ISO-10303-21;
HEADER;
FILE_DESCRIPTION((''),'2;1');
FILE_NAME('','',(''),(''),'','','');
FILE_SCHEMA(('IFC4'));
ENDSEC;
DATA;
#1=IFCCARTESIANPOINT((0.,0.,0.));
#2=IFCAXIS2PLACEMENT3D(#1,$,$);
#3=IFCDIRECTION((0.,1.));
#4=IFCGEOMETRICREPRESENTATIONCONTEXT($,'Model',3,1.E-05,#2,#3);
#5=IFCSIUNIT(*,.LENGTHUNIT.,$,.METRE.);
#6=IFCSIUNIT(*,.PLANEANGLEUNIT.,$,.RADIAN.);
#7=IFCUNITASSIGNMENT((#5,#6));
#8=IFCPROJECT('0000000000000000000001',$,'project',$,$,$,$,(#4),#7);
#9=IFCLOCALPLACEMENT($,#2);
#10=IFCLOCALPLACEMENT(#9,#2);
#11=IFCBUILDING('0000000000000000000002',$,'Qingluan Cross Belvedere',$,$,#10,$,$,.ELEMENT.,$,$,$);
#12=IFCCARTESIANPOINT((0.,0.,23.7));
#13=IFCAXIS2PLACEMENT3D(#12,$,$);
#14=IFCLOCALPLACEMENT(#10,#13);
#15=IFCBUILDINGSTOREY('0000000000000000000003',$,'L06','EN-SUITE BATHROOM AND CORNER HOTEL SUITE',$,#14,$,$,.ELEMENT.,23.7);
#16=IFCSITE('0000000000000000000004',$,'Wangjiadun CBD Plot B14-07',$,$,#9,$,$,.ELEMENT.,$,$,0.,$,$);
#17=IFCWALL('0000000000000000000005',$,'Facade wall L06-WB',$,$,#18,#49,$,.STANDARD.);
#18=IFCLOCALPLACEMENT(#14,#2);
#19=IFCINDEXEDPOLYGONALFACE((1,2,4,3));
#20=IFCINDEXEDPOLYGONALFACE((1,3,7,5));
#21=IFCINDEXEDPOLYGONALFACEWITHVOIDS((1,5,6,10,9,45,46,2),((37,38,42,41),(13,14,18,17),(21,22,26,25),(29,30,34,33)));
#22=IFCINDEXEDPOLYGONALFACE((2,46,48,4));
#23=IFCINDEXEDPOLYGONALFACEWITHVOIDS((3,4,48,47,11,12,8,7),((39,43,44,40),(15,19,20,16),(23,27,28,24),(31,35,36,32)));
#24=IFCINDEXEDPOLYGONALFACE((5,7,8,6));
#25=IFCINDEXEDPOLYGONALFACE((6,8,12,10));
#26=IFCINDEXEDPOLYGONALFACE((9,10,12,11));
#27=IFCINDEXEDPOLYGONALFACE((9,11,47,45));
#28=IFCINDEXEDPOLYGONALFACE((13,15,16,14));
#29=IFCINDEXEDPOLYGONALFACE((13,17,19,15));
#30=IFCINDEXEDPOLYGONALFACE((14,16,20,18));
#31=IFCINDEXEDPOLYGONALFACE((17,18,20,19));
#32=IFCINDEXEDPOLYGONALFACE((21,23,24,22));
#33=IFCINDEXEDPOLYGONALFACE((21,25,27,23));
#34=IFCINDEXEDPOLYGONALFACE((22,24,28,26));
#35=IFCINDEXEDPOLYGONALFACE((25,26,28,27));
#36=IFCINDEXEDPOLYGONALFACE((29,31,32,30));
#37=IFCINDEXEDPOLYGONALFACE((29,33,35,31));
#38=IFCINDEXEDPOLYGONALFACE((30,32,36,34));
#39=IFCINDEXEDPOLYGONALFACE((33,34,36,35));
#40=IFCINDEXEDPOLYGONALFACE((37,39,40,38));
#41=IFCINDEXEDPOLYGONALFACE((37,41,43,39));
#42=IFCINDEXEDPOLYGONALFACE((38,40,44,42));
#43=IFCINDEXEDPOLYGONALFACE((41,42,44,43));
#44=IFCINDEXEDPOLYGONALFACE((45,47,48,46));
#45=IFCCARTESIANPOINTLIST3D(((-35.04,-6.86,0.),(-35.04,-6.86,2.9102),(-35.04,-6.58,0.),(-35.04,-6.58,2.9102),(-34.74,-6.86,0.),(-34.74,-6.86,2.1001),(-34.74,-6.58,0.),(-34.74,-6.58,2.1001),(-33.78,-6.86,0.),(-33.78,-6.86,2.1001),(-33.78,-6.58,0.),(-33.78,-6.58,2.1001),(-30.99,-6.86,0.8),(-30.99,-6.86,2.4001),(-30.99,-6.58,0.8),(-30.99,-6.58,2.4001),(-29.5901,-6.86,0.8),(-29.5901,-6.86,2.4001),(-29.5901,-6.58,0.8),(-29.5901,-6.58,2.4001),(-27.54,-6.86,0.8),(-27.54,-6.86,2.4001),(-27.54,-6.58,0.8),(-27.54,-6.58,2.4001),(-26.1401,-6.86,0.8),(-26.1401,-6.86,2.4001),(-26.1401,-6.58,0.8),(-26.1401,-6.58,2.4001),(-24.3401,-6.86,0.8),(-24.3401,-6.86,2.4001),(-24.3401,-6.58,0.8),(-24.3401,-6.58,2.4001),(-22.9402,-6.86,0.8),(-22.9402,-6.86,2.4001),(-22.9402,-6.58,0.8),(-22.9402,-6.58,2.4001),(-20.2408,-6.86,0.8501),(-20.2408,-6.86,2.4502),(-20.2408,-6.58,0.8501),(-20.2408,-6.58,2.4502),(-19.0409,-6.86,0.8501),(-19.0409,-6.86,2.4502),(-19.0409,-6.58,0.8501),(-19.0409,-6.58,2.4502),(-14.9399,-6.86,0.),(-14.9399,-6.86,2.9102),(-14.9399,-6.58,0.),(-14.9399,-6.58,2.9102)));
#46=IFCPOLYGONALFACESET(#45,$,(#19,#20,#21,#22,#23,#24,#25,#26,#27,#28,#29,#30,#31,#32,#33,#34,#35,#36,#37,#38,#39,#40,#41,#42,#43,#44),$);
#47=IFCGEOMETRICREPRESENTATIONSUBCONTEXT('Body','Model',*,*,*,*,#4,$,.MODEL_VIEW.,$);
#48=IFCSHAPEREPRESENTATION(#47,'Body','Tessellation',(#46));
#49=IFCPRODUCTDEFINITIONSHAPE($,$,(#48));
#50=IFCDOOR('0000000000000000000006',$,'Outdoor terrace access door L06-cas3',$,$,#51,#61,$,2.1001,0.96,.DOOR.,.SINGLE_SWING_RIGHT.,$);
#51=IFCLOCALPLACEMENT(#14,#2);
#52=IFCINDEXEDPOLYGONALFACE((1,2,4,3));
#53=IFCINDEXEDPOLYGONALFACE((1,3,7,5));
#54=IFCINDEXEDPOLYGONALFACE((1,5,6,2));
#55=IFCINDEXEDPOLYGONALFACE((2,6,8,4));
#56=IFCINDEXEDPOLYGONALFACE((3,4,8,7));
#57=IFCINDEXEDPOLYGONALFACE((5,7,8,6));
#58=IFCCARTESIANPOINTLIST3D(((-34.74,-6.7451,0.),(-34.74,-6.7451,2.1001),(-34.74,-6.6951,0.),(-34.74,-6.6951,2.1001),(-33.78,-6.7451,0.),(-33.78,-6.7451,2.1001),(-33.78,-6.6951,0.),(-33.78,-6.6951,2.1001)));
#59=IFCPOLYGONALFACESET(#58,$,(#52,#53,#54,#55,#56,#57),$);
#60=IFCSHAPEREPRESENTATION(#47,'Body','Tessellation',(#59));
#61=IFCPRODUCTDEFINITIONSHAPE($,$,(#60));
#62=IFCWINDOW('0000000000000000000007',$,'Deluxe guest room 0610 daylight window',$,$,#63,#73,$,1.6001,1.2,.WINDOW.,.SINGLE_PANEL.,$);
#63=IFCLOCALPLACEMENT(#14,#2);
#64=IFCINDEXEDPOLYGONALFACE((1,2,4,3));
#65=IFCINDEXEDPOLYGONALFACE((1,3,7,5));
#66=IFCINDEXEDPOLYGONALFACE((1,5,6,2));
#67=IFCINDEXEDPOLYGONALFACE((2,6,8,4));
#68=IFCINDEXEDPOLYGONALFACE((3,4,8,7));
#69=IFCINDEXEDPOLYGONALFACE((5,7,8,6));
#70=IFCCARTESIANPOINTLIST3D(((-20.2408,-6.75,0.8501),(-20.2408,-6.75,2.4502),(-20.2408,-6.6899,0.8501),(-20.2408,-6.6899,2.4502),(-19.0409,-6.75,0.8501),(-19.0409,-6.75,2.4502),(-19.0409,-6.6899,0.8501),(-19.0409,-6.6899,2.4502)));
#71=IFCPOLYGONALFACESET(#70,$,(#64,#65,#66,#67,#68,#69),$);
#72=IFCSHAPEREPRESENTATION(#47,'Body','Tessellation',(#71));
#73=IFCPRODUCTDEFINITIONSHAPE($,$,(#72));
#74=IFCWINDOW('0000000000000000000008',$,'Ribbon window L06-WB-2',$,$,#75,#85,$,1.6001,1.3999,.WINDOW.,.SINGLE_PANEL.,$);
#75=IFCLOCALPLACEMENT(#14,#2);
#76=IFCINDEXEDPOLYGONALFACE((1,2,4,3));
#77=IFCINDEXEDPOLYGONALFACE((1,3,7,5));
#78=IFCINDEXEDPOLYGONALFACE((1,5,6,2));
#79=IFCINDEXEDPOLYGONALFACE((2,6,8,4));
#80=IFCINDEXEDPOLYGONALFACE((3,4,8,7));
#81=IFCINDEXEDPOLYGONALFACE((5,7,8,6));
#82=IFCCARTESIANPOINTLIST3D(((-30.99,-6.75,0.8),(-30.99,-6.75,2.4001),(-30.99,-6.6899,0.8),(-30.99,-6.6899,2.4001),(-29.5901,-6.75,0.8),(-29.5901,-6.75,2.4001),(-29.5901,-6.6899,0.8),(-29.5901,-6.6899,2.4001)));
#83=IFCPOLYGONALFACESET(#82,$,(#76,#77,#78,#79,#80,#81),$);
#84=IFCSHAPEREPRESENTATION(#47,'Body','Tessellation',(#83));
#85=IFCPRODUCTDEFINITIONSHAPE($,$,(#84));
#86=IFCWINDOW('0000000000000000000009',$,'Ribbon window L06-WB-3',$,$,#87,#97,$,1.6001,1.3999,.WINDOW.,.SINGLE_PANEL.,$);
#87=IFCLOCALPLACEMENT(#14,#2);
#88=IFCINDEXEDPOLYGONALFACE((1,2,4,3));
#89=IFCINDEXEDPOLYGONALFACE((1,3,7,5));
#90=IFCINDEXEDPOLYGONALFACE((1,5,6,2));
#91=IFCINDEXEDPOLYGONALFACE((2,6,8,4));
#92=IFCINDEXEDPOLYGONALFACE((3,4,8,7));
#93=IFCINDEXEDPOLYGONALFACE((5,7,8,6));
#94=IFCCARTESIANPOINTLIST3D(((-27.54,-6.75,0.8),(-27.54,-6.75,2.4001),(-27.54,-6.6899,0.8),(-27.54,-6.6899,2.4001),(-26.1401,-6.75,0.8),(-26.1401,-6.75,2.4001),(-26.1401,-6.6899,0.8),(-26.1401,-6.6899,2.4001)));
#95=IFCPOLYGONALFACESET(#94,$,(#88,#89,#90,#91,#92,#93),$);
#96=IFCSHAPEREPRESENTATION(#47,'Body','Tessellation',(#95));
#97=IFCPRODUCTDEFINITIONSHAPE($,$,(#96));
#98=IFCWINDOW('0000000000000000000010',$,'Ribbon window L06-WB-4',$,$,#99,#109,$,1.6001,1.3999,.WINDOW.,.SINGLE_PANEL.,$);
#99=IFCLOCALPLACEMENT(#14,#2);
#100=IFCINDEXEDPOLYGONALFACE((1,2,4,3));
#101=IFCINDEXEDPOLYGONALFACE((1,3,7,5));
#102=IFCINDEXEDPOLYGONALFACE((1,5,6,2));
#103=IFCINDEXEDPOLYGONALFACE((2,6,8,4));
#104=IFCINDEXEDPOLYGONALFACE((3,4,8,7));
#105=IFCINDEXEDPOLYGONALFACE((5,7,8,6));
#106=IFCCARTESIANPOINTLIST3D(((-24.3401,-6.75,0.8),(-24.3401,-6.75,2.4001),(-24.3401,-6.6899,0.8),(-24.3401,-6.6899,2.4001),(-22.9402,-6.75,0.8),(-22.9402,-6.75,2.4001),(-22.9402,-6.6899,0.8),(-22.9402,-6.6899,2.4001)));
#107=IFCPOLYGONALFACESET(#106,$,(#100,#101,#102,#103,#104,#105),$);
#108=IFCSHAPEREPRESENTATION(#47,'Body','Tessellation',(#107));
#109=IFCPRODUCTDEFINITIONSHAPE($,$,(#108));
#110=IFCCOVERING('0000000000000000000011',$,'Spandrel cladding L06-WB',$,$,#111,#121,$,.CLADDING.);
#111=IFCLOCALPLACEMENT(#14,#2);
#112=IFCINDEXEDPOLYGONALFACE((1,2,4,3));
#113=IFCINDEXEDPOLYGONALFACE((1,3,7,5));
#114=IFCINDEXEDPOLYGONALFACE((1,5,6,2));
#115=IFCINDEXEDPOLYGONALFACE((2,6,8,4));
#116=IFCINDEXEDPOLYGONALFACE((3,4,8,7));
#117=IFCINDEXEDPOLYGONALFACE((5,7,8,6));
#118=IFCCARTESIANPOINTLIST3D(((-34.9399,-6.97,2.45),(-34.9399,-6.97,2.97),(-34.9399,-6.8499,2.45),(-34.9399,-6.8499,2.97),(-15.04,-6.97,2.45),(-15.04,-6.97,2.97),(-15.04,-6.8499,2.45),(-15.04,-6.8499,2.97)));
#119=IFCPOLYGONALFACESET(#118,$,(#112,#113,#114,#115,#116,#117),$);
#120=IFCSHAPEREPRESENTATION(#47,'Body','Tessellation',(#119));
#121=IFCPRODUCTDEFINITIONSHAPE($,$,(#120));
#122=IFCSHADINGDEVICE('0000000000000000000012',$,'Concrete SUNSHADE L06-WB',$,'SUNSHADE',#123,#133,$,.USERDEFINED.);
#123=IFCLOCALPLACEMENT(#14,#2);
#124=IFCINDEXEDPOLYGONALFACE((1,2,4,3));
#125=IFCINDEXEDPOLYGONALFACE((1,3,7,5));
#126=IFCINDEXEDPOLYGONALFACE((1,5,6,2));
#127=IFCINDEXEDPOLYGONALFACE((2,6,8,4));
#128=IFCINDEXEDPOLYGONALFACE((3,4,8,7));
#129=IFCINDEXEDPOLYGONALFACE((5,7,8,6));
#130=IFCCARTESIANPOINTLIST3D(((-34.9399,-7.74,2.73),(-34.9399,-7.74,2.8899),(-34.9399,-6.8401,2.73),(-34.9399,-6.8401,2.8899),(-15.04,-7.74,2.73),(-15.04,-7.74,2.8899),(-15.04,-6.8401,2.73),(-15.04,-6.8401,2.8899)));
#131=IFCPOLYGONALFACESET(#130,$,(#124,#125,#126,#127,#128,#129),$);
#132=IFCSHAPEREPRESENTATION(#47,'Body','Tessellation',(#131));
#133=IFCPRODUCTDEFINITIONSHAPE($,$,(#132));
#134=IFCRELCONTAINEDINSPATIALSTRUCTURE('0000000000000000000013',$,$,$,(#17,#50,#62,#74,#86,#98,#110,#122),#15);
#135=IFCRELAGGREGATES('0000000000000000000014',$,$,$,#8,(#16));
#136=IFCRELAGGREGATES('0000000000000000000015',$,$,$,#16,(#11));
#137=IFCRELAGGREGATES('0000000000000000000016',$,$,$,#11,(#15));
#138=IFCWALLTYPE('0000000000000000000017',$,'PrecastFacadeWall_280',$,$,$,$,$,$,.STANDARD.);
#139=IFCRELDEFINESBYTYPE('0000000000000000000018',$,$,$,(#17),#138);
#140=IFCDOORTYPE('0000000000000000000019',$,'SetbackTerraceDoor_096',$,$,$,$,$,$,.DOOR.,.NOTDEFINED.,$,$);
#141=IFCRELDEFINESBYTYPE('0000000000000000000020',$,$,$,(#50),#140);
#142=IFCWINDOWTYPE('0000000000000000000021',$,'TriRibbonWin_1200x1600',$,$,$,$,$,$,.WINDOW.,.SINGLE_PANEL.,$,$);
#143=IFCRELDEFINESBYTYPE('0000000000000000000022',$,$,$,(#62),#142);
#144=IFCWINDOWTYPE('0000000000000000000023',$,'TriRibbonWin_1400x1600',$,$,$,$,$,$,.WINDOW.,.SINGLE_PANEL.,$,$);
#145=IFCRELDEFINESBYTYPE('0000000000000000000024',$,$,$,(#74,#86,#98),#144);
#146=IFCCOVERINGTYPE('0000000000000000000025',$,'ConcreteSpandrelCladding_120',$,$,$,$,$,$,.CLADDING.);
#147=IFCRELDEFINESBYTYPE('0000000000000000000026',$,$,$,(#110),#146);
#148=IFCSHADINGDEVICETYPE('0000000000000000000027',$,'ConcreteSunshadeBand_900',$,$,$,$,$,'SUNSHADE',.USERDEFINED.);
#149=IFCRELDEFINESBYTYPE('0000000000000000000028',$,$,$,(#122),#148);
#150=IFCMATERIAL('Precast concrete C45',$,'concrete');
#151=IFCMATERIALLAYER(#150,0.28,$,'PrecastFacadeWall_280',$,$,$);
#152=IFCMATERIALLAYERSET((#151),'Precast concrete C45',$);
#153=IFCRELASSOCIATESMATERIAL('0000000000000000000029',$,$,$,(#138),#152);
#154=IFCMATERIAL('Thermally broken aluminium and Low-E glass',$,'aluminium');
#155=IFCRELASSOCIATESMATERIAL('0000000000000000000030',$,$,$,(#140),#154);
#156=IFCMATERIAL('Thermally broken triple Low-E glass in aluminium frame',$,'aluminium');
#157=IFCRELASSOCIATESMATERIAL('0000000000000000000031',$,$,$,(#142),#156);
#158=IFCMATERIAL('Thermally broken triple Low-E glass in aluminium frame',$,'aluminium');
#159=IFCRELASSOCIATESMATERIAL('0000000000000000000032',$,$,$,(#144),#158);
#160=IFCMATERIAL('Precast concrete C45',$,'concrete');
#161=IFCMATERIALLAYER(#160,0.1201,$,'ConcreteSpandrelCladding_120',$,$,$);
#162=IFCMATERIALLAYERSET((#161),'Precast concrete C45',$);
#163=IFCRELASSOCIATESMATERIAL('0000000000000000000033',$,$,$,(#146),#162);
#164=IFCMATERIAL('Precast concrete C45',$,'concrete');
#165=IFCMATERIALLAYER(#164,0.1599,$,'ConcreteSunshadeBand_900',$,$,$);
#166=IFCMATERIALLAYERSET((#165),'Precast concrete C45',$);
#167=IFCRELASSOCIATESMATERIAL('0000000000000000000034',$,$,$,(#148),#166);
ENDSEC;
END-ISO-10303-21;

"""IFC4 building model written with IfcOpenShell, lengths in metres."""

from ifc_helpers import new_model, si_unit, direction, frame, frame_2d, origin, origin_2d, place, context, subcontext, project, spatial, rectangle, extrude, material, layer, layer_set, type_object, element, fill, save


model = new_model("IFC4")

# Units and contexts
model_context = context("Model", 3, precision=1e-05, world=origin(), true_north=direction((0.0, 1.0)))
body_context = subcontext(model_context, "Body", "Model", "MODEL_VIEW")
ifc_project = project(units=[si_unit("LENGTHUNIT", "METRE"), si_unit("PLANEANGLEUNIT", "RADIAN")], contexts=[model_context])

# Site, building, storey
site_placement = place(None, origin())
site = spatial("IfcSite", under=ifc_project, at=site_placement, Name="Wangjiadun CBD Plot B14-07", CompositionType="ELEMENT", RefElevation=0.0)
building_placement = place(site_placement, origin())
building = spatial("IfcBuilding", under=site, at=building_placement, Name="Qingluan Cross Belvedere", CompositionType="ELEMENT")
storey_placement = place(building_placement, frame((0.0, 0.0, 23.7)))
storey = spatial("IfcBuildingStorey", under=building, at=storey_placement, Name="L06", Description="EN-SUITE BATHROOM AND CORNER HOTEL SUITE", CompositionType="ELEMENT", Elevation=23.7)

# Wall, openings, door, windows
ifc_material_1 = material(Name="Precast concrete C45", Category="concrete")
ifc_layer_1 = layer(ifc_material_1, 0.28, Name="PrecastFacadeWall_280")
ifc_layer_set_1 = layer_set([ifc_layer_1], Name="Precast concrete C45")
wall_type_1 = type_object("IfcWallType", Name="PrecastFacadeWall_280", PredefinedType="STANDARD", material=ifc_layer_set_1)
wall_1_placement = place(storey_placement, frame((-35.04, -6.72, 0.0), z_axis=(0.0, 0.0, 1.0), x_axis=(1.0, 0.0, 0.0)))
wall_1 = element("IfcWall", 1, at=wall_1_placement, inside=storey, type_object=wall_type_1, Name="Facade wall L06-WB", PredefinedType="STANDARD", context=body_context, shape_type="SweptSolid", body=[
    extrude(rectangle(XDim=20.1001, YDim=0.28, at=frame_2d((10.05, 0.0))), origin(), (0.0, 0.0, 1.0), 2.9102),
])
opening_1_placement = place(wall_1_placement, frame((4.05, 0.0, 0.8)))
opening_1 = element("IfcOpeningElement", 2, at=opening_1_placement, cuts=wall_1, PredefinedType="OPENING", context=body_context, shape_type="SweptSolid", body=[
    extrude(rectangle(XDim=1.3999, YDim=1.6001, at=frame_2d((0.7, 0.8))), frame((0.0, 0.1499, 0.0), z_axis=(0.0, -1.0, 0.0), x_axis=(1.0, 0.0, 0.0)), (0.0, 0.0, 1.0), 0.3),
])
opening_2_placement = place(wall_1_placement, frame((7.5, 0.0, 0.8)))
opening_2 = element("IfcOpeningElement", 3, at=opening_2_placement, cuts=wall_1, PredefinedType="OPENING", context=body_context, shape_type="SweptSolid", body=[
    extrude(rectangle(XDim=1.3999, YDim=1.6001, at=frame_2d((0.7, 0.8))), frame((0.0, 0.1499, 0.0), z_axis=(0.0, -1.0, 0.0), x_axis=(1.0, 0.0, 0.0)), (0.0, 0.0, 1.0), 0.3),
])
opening_3_placement = place(wall_1_placement, frame((10.7, 0.0, 0.8)))
opening_3 = element("IfcOpeningElement", 4, at=opening_3_placement, cuts=wall_1, PredefinedType="OPENING", context=body_context, shape_type="SweptSolid", body=[
    extrude(rectangle(XDim=1.3999, YDim=1.6001, at=frame_2d((0.7, 0.8))), frame((0.0, 0.1499, 0.0), z_axis=(0.0, -1.0, 0.0), x_axis=(1.0, 0.0, 0.0)), (0.0, 0.0, 1.0), 0.3),
])
opening_4_placement = place(wall_1_placement, frame((0.3, 0.0, 0.0)))
opening_4 = element("IfcOpeningElement", 5, at=opening_4_placement, cuts=wall_1, PredefinedType="OPENING", context=body_context, shape_type="SweptSolid", body=[
    extrude(rectangle(XDim=0.96, YDim=2.1001, at=frame_2d((0.48, 1.05))), frame((0.0, 0.1499, 0.0), z_axis=(0.0, -1.0, 0.0), x_axis=(1.0, 0.0, 0.0)), (0.0, 0.0, 1.0), 0.3),
])
opening_5_placement = place(wall_1_placement, frame((14.7991, 0.0, 0.8501)))
opening_5 = element("IfcOpeningElement", 6, at=opening_5_placement, cuts=wall_1, PredefinedType="OPENING", context=body_context, shape_type="SweptSolid", body=[
    extrude(rectangle(XDim=1.2, YDim=1.6001, at=frame_2d((0.6001, 0.8))), frame((0.0, 0.1499, 0.0), z_axis=(0.0, -1.0, 0.0), x_axis=(1.0, 0.0, 0.0)), (0.0, 0.0, 1.0), 0.3),
])
ifc_material_2 = material(Name="Thermally broken aluminium and Low-E glass", Category="aluminium")
door_type_1 = type_object("IfcDoorType", Name="SetbackTerraceDoor_096", OperationType="NOTDEFINED", PredefinedType="DOOR", material=ifc_material_2)
door_1_placement = place(opening_4_placement, origin())
door_1 = element("IfcDoor", 7, at=door_1_placement, inside=storey, type_object=door_type_1, Name="Outdoor terrace access door L06-cas3", OperationType="SINGLE_SWING_RIGHT", OverallHeight=2.1001, OverallWidth=0.96, PredefinedType="DOOR", context=body_context, shape_type="SweptSolid", body=[
    extrude(rectangle(XDim=0.96, YDim=2.1001, at=frame_2d((0.48, 1.05))), frame((0.0, 0.0249, 0.0), z_axis=(0.0, -1.0, 0.0), x_axis=(1.0, 0.0, 0.0)), (0.0, 0.0, 1.0), 0.05),
])
fill(opening_4, door_1)
ifc_material_3 = material(Name="Thermally broken triple Low-E glass in aluminium frame", Category="aluminium")
window_type_1 = type_object("IfcWindowType", Name="TriRibbonWin_1200x1600", PartitioningType="SINGLE_PANEL", PredefinedType="WINDOW", material=ifc_material_3)
window_1_placement = place(opening_5_placement, origin())
window_1 = element("IfcWindow", 8, at=window_1_placement, inside=storey, type_object=window_type_1, Name="Deluxe guest room 0610 daylight window", OverallHeight=1.6001, OverallWidth=1.2, PartitioningType="SINGLE_PANEL", PredefinedType="WINDOW", context=body_context, shape_type="SweptSolid", body=[
    extrude(rectangle(XDim=1.2, YDim=1.6001, at=frame_2d((0.6001, 0.8))), frame((0.0, 0.03, 0.0), z_axis=(0.0, -1.0, 0.0), x_axis=(1.0, 0.0, 0.0)), (0.0, 0.0, 1.0), 0.0601),
])
fill(opening_5, window_1)
ifc_material_4 = material(Name="Thermally broken triple Low-E glass in aluminium frame", Category="aluminium")
window_type_2 = type_object("IfcWindowType", Name="TriRibbonWin_1400x1600", PartitioningType="SINGLE_PANEL", PredefinedType="WINDOW", material=ifc_material_4)
window_2_placement = place(opening_1_placement, origin())
window_2 = element("IfcWindow", 9, at=window_2_placement, inside=storey, type_object=window_type_2, Name="Ribbon window L06-WB-2", OverallHeight=1.6001, OverallWidth=1.3999, PartitioningType="SINGLE_PANEL", PredefinedType="WINDOW", context=body_context, shape_type="SweptSolid", body=[
    extrude(rectangle(XDim=1.3999, YDim=1.6001, at=frame_2d((0.7, 0.8))), frame((0.0, 0.03, 0.0), z_axis=(0.0, -1.0, 0.0), x_axis=(1.0, 0.0, 0.0)), (0.0, 0.0, 1.0), 0.0601),
])
fill(opening_1, window_2)
window_3_placement = place(opening_2_placement, origin())
window_3 = element("IfcWindow", 10, at=window_3_placement, inside=storey, type_object=window_type_2, Name="Ribbon window L06-WB-3", OverallHeight=1.6001, OverallWidth=1.3999, PartitioningType="SINGLE_PANEL", PredefinedType="WINDOW", context=body_context, shape_type="SweptSolid", body=[
    extrude(rectangle(XDim=1.3999, YDim=1.6001, at=frame_2d((0.7, 0.8))), frame((0.0, 0.03, 0.0), z_axis=(0.0, -1.0, 0.0), x_axis=(1.0, 0.0, 0.0)), (0.0, 0.0, 1.0), 0.0601),
])
fill(opening_2, window_3)
window_4_placement = place(opening_3_placement, origin())
window_4 = element("IfcWindow", 11, at=window_4_placement, inside=storey, type_object=window_type_2, Name="Ribbon window L06-WB-4", OverallHeight=1.6001, OverallWidth=1.3999, PartitioningType="SINGLE_PANEL", PredefinedType="WINDOW", context=body_context, shape_type="SweptSolid", body=[
    extrude(rectangle(XDim=1.3999, YDim=1.6001, at=frame_2d((0.7, 0.8))), frame((0.0, 0.03, 0.0), z_axis=(0.0, -1.0, 0.0), x_axis=(1.0, 0.0, 0.0)), (0.0, 0.0, 1.0), 0.0601),
])
fill(opening_3, window_4)

# Covering
ifc_material_5 = material(Name="Precast concrete C45", Category="concrete")
ifc_layer_2 = layer(ifc_material_5, 0.1201, Name="ConcreteSpandrelCladding_120")
ifc_layer_set_2 = layer_set([ifc_layer_2], Name="Precast concrete C45")
covering_type = type_object("IfcCoveringType", Name="ConcreteSpandrelCladding_120", PredefinedType="CLADDING", material=ifc_layer_set_2)
covering_placement = place(storey_placement, frame((-24.99, -6.9099, 2.45), z_axis=(0.0, 0.0, 1.0), x_axis=(1.0, 0.0, 0.0)))
element("IfcCovering", 12, at=covering_placement, inside=storey, type_object=covering_type, Name="Spandrel cladding L06-WB", PredefinedType="CLADDING", context=body_context, shape_type="SweptSolid", body=[
    extrude(rectangle(XDim=19.8999, YDim=0.1201, at=origin_2d()), origin(), (0.0, 0.0, 1.0), 0.52),
])

# Shading device
ifc_material_6 = material(Name="Precast concrete C45", Category="concrete")
ifc_layer_3 = layer(ifc_material_6, 0.1599, Name="ConcreteSunshadeBand_900")
ifc_layer_set_3 = layer_set([ifc_layer_3], Name="Precast concrete C45")
shading_device_type = type_object("IfcShadingDeviceType", Name="ConcreteSunshadeBand_900", ElementType="SUNSHADE", PredefinedType="USERDEFINED", material=ifc_layer_set_3)
shading_device_placement = place(storey_placement, frame((-24.99, -7.29, 2.73), z_axis=(0.0, 0.0, 1.0), x_axis=(1.0, 0.0, 0.0)))
element("IfcShadingDevice", 13, at=shading_device_placement, inside=storey, type_object=shading_device_type, Name="Concrete SUNSHADE L06-WB", ObjectType="SUNSHADE", PredefinedType="USERDEFINED", context=body_context, shape_type="SweptSolid", body=[
    extrude(rectangle(XDim=19.8999, YDim=0.8999, at=origin_2d()), origin(), (0.0, 0.0, 1.0), 0.1599),
])

save(model, "model.ifc")
